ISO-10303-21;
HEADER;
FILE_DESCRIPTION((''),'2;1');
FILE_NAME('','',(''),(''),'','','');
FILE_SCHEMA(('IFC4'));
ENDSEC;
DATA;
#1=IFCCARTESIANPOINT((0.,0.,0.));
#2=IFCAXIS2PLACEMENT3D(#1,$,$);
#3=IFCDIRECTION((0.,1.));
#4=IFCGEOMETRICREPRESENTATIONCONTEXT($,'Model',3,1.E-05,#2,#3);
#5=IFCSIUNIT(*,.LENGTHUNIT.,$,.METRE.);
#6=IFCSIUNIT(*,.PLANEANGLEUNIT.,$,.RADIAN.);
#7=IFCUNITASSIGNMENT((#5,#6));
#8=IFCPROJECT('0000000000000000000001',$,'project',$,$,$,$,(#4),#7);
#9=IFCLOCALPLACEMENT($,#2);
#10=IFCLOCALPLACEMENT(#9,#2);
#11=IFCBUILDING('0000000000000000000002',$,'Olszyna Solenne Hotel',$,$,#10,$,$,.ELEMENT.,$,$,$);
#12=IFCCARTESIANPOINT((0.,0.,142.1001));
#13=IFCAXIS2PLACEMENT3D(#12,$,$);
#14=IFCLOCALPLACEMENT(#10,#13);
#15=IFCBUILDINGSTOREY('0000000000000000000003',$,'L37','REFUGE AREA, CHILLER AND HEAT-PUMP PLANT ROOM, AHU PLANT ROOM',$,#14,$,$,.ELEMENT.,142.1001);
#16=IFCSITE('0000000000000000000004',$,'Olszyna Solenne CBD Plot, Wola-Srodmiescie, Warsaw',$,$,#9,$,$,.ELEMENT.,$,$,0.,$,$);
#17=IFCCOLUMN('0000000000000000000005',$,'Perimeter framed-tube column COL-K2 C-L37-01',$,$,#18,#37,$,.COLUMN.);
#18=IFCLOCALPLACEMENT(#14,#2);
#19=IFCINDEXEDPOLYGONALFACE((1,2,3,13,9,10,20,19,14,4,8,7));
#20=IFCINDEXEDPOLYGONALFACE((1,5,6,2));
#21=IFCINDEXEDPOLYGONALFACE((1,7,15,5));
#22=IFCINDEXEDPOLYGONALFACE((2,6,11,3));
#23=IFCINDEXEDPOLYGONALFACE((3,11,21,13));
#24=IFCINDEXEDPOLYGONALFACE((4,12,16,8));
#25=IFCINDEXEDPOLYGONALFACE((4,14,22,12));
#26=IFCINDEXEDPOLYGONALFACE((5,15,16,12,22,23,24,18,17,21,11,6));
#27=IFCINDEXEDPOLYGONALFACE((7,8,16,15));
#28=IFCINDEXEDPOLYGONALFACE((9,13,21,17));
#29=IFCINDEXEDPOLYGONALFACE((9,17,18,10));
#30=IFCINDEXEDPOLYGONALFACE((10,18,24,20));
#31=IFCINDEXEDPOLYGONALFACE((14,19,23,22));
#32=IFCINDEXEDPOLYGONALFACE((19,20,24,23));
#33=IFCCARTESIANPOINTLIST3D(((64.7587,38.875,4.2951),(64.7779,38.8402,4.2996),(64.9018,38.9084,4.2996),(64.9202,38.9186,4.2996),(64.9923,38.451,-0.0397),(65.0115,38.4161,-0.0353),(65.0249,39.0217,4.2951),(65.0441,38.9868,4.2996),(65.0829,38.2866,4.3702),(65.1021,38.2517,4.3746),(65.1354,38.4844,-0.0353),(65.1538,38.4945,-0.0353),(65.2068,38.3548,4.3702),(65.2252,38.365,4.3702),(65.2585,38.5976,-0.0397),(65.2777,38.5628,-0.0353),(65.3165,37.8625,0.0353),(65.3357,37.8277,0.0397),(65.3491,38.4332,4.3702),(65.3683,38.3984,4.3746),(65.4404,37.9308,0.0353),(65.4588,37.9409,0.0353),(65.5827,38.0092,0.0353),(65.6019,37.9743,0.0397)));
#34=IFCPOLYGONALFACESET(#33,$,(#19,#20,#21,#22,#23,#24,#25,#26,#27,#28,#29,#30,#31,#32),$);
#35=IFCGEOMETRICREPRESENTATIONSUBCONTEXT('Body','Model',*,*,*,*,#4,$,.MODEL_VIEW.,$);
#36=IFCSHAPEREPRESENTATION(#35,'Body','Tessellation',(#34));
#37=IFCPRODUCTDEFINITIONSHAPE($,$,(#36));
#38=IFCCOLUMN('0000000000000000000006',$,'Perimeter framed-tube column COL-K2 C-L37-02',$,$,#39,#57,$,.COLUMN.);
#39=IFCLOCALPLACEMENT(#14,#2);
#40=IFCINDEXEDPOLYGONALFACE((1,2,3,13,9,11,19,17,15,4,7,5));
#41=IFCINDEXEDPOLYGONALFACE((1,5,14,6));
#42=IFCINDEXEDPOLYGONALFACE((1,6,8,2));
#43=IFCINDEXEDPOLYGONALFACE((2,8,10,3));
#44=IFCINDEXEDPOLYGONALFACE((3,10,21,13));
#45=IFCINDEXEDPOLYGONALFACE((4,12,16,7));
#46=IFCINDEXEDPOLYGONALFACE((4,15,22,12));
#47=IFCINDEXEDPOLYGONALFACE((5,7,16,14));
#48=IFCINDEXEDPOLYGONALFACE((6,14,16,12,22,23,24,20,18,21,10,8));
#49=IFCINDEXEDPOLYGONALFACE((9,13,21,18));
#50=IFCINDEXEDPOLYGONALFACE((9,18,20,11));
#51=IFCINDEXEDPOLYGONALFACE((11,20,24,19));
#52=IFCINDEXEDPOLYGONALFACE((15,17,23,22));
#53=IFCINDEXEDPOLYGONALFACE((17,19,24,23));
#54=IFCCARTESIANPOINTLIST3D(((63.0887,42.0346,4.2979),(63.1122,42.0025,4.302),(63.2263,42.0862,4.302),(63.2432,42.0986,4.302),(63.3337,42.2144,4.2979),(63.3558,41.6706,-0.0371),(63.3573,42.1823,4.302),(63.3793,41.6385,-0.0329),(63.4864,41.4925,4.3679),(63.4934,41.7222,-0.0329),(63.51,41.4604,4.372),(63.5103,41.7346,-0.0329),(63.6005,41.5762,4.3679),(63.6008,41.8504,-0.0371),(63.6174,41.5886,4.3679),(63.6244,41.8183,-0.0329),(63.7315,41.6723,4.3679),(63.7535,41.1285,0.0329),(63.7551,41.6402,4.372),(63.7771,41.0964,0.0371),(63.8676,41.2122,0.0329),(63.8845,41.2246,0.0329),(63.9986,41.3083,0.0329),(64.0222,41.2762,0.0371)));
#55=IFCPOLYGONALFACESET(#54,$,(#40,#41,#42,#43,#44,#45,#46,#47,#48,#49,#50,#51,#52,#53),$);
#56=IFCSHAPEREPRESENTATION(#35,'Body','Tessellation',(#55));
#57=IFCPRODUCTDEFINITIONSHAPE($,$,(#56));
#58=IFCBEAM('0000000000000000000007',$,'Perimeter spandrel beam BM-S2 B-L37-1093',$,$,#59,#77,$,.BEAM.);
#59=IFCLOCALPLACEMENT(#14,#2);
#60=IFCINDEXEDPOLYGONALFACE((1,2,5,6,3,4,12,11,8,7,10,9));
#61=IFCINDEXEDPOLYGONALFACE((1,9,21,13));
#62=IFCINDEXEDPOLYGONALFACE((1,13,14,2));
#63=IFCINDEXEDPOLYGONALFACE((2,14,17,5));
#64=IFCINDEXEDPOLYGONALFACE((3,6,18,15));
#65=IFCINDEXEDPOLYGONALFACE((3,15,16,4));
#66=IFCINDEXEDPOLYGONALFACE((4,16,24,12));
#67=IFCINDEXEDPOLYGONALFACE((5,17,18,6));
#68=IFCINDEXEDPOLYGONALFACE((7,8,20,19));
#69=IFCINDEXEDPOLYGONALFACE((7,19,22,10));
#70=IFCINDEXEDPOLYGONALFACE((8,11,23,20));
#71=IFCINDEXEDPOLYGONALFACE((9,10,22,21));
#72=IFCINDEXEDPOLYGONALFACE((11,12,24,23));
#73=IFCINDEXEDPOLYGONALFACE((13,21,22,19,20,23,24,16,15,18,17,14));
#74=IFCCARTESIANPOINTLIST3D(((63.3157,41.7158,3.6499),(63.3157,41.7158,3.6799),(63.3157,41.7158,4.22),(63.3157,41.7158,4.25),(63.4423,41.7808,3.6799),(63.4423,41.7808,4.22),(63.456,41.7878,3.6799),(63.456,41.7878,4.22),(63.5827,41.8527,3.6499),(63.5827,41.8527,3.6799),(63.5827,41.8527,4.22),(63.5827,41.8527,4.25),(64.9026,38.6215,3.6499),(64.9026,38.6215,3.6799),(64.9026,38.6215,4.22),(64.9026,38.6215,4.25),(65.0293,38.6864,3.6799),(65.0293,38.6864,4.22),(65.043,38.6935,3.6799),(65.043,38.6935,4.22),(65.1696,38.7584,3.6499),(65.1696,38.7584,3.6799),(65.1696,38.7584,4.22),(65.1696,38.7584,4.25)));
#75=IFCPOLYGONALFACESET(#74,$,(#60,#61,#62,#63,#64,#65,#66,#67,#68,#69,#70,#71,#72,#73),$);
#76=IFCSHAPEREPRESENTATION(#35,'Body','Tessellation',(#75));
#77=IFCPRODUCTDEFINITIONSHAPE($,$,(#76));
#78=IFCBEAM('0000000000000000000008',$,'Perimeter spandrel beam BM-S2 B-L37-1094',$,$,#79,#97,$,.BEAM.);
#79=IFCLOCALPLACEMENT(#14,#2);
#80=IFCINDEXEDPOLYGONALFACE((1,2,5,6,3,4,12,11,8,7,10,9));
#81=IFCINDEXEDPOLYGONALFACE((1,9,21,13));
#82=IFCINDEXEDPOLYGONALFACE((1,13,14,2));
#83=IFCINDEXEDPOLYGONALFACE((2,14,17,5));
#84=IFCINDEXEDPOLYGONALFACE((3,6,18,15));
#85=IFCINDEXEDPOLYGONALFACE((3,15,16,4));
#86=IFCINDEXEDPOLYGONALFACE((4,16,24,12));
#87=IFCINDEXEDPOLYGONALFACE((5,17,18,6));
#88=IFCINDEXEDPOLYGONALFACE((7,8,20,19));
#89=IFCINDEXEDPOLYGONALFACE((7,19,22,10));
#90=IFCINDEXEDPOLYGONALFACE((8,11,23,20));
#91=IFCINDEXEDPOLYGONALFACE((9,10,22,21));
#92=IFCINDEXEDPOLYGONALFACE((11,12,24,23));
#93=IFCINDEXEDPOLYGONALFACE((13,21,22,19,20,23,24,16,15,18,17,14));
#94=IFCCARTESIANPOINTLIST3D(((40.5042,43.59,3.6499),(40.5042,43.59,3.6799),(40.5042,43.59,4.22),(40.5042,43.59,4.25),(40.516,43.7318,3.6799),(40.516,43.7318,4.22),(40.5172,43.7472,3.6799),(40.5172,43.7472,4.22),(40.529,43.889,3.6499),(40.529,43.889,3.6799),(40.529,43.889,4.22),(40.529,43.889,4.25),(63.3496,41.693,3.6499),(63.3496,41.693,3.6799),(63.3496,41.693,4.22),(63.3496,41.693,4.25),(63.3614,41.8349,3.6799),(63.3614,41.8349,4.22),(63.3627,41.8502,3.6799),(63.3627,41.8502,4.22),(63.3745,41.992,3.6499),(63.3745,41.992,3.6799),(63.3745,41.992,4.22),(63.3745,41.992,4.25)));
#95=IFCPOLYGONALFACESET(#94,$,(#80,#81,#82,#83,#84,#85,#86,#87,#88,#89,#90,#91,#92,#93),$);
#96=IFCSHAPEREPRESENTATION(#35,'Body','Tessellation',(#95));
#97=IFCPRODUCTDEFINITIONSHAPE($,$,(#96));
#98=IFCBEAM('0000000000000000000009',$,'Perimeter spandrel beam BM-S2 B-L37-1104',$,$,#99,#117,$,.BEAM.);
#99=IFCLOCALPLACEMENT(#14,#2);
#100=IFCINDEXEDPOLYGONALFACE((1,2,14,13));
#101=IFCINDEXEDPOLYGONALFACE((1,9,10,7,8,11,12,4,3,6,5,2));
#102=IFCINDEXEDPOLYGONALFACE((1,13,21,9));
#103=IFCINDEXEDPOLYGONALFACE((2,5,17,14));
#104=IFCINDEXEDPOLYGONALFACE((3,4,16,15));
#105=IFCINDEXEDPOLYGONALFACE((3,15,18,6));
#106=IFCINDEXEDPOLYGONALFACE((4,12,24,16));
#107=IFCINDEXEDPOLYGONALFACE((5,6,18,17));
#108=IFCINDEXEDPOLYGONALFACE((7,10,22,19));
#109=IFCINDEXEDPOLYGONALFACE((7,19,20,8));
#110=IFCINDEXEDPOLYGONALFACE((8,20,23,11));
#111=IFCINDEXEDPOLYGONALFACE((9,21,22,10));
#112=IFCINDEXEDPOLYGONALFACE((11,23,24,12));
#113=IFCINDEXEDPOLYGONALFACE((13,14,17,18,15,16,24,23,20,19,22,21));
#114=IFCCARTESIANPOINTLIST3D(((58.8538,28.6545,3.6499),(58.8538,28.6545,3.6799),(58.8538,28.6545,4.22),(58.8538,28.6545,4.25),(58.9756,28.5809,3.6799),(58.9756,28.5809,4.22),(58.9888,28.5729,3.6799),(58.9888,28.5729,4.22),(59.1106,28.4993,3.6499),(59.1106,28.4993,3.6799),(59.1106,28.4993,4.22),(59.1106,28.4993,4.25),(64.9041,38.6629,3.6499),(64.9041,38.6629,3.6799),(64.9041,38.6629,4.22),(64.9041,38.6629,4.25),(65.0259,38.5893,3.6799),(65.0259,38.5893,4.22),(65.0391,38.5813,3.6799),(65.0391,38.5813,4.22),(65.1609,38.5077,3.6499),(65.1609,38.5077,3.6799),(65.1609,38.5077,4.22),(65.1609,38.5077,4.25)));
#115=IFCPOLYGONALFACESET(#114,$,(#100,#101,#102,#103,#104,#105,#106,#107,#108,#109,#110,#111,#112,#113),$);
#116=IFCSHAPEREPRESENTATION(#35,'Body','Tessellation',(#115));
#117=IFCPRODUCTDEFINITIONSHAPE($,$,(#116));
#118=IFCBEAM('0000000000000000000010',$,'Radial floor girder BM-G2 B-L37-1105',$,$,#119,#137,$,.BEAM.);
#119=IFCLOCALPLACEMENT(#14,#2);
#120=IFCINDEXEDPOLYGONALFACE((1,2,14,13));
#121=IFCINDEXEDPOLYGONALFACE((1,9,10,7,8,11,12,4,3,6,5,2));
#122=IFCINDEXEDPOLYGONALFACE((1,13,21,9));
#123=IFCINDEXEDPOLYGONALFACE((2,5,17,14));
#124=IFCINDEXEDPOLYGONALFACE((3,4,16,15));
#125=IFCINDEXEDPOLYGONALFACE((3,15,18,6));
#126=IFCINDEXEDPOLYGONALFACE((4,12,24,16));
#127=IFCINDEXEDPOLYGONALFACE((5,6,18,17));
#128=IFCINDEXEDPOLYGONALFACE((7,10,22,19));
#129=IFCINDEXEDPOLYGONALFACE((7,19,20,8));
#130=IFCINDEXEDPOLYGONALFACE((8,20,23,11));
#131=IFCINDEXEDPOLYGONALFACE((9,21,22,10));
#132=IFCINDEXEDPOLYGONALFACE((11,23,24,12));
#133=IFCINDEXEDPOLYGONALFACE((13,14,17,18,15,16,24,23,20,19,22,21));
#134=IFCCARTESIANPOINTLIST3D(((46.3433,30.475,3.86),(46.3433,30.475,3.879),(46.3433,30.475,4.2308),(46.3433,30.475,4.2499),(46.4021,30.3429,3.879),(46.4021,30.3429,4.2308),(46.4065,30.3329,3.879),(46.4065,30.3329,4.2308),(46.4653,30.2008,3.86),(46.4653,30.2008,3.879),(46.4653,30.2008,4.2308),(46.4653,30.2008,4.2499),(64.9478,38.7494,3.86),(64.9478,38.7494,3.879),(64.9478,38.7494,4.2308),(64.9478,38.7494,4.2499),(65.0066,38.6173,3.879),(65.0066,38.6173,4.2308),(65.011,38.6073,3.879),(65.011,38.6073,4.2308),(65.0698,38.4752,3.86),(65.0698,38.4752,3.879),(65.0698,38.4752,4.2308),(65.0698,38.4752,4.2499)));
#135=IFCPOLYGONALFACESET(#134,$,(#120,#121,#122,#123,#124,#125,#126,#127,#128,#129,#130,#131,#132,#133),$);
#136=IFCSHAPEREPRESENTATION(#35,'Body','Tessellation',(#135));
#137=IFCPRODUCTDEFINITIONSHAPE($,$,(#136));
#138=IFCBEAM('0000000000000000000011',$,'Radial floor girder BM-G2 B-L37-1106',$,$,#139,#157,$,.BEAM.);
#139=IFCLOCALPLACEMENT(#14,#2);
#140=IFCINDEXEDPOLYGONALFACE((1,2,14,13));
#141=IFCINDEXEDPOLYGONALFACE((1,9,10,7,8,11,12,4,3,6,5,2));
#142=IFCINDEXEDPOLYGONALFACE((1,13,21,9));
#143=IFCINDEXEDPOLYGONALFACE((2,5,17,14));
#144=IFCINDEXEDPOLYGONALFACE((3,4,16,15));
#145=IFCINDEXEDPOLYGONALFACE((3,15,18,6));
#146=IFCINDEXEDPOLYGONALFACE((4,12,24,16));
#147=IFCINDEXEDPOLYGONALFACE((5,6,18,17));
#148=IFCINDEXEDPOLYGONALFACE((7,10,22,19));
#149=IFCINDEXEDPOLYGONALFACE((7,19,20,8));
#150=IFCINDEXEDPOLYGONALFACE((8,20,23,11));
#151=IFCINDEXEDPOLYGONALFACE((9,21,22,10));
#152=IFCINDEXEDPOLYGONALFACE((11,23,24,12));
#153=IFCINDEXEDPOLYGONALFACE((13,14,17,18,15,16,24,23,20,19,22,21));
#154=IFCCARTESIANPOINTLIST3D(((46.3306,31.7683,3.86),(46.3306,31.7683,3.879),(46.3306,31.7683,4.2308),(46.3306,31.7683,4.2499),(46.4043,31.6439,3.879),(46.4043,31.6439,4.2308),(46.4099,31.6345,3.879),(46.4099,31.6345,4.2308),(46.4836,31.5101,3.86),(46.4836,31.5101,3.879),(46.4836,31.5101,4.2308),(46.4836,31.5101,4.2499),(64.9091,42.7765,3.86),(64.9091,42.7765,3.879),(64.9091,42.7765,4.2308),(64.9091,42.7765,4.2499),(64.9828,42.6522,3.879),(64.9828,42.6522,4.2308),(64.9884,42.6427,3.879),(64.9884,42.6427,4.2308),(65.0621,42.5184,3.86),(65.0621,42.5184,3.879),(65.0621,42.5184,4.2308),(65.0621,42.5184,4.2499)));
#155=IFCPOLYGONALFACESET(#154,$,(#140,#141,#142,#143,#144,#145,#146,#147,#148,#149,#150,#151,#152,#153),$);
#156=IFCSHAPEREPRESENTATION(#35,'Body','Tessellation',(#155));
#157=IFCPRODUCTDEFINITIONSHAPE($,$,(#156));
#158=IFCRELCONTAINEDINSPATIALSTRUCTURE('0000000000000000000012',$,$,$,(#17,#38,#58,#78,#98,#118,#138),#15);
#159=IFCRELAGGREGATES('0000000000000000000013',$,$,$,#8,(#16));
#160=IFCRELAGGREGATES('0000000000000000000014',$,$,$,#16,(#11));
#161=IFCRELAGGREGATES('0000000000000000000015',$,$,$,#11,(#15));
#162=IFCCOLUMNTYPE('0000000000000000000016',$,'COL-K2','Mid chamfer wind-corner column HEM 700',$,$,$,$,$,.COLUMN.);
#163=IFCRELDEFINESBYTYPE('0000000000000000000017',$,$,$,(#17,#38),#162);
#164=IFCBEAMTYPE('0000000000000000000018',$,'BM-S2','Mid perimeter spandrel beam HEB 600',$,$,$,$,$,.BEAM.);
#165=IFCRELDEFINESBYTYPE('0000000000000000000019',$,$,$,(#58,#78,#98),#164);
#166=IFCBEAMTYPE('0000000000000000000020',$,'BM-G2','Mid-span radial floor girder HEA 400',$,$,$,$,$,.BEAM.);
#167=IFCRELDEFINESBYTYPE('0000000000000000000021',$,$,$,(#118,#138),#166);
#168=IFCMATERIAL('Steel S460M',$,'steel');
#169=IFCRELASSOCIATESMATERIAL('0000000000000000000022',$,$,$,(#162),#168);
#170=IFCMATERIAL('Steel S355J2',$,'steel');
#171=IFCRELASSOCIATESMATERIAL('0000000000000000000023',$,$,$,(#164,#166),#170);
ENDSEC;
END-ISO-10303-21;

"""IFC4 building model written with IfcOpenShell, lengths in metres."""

from ifc_helpers import new_model, si_unit, direction, frame, origin, origin_2d, place, context, subcontext, project, spatial, i_section, extrude, source, transform, mapped, material, material_profile, profile_set, type_object, element, save


model = new_model("IFC4")

# Units and contexts
model_context = context("Model", 3, precision=1e-05, world=origin(), true_north=direction((0.0, 1.0)))
body_context = subcontext(model_context, "Body", "Model", "MODEL_VIEW")
ifc_project = project(units=[si_unit("LENGTHUNIT", "METRE"), si_unit("PLANEANGLEUNIT", "RADIAN")], contexts=[model_context])

# Site, building, storey
site_placement = place(None, origin())
site = spatial("IfcSite", under=ifc_project, at=site_placement, Name="Olszyna Solenne CBD Plot, Wola-Srodmiescie, Warsaw", CompositionType="ELEMENT", RefElevation=0.0)
building_placement = place(site_placement, origin())
building = spatial("IfcBuilding", under=site, at=building_placement, Name="Olszyna Solenne Hotel", CompositionType="ELEMENT")
storey_placement = place(building_placement, frame((0.0, 0.0, 142.1001)))
storey = spatial("IfcBuildingStorey", under=building, at=storey_placement, Name="L37", Description="REFUGE AREA, CHILLER AND HEAT-PUMP PLANT ROOM, AHU PLANT ROOM", CompositionType="ELEMENT", Elevation=142.1001)

# Columns
ifc_material_1 = material(Name="Steel S460M", Category="steel")
ifc_material_profile_1 = material_profile(ifc_material_1, i_section(OverallWidth=0.304, OverallDepth=0.7161, WebThickness=0.021, FlangeThickness=0.04, at=origin_2d()), Name="HEM 700", Category="load-bearing")
ifc_profile_set_1 = profile_set([ifc_material_profile_1], Name="Steel S460M")
column_type = type_object("IfcColumnType", Name="COL-K2", Description="Mid chamfer wind-corner column HEM 700", PredefinedType="COLUMN", material=ifc_profile_set_1)
shared_shape_1 = source(origin(), body_context, "Body", "SweptSolid", [
    extrude(i_section(OverallWidth=0.304, OverallDepth=0.7161, WebThickness=0.021, FlangeThickness=0.04, at=origin_2d()), origin(), (0.0, 0.0, 1.0), 4.3618),
])
column_1_placement = place(storey_placement, frame((65.2971, 38.2126, 0.0), z_axis=(-0.053564, 0.097222, 0.99382), x_axis=(-0.875864, -0.482557, 0.0)))
element("IfcColumn", 1, at=column_1_placement, inside=storey, type_object=column_type, Name="Perimeter framed-tube column COL-K2 C-L37-01", PredefinedType="COLUMN", context=body_context, shape_type="MappedRepresentation", body=[
    mapped(shared_shape_1, transform((0.0, 0.0, 0.0), x_axis=(1.0, 0.0, 0.0), y_axis=(0.0, 1.0, 0.0), z_axis=(0.0, 0.0, 1.0), scale=1.0)),
])
shared_shape_2 = source(origin(), body_context, "Body", "SweptSolid", [
    extrude(i_section(OverallWidth=0.304, OverallDepth=0.7161, WebThickness=0.021, FlangeThickness=0.04, at=origin_2d()), origin(), (0.0, 0.0, 1.0), 4.3584),
])
column_2_placement = place(storey_placement, frame((63.689, 41.4734, 0.0), z_axis=(-0.061282, 0.08352, 0.99462), x_axis=(-0.80625, -0.591575, 0.0)))
element("IfcColumn", 2, at=column_2_placement, inside=storey, type_object=column_type, Name="Perimeter framed-tube column COL-K2 C-L37-02", PredefinedType="COLUMN", context=body_context, shape_type="MappedRepresentation", body=[
    mapped(shared_shape_2, transform((0.0, 0.0, 0.0), x_axis=(1.0, 0.0, 0.0), y_axis=(0.0, 1.0, 0.0), z_axis=(0.0, 0.0, 1.0), scale=1.0)),
])

# Beams
ifc_material_2 = material(Name="Steel S355J2", Category="steel")
ifc_material_profile_2 = material_profile(ifc_material_2, i_section(OverallWidth=0.3, OverallDepth=0.6001, WebThickness=0.0154, FlangeThickness=0.03, at=origin_2d()), Name="HEB 600", Category="load-bearing")
ifc_profile_set_2 = profile_set([ifc_material_profile_2], Name="Steel S355J2")
beam_type_1 = type_object("IfcBeamType", Name="BM-S2", Description="Mid perimeter spandrel beam HEB 600", PredefinedType="BEAM", material=ifc_profile_set_2)
shared_shape_3 = source(origin(), body_context, "Body", "SweptSolid", [
    extrude(i_section(OverallWidth=0.3, OverallDepth=0.6001, WebThickness=0.0154, FlangeThickness=0.03, at=origin_2d()), origin(), (0.0, 0.0, 1.0), 3.4775),
])
beam_1_placement = place(storey_placement, frame((65.0361, 38.6899, 3.95), z_axis=(-0.456345, 0.889803, 0.0), x_axis=(-0.889803, -0.456345, 0.0)))
element("IfcBeam", 3, at=beam_1_placement, inside=storey, type_object=beam_type_1, Name="Perimeter spandrel beam BM-S2 B-L37-1093", PredefinedType="BEAM", context=body_context, shape_type="MappedRepresentation", body=[
    mapped(shared_shape_3, transform((0.0, 0.0, 0.0), x_axis=(1.0, 0.0, 0.0), y_axis=(0.0, 1.0, 0.0), z_axis=(0.0, 0.0, 1.0), scale=1.0)),
])
shared_shape_4 = source(origin(), body_context, "Body", "SweptSolid", [
    extrude(i_section(OverallWidth=0.3, OverallDepth=0.6001, WebThickness=0.0154, FlangeThickness=0.03, at=origin_2d()), origin(), (0.0, 0.0, 1.0), 22.9241),
])
beam_2_placement = place(storey_placement, frame((63.3621, 41.8425, 3.95), z_axis=(-0.99657, 0.08275, 0.0), x_axis=(-0.08275, -0.99657, 0.0)))
element("IfcBeam", 4, at=beam_2_placement, inside=storey, type_object=beam_type_1, Name="Perimeter spandrel beam BM-S2 B-L37-1094", PredefinedType="BEAM", context=body_context, shape_type="MappedRepresentation", body=[
    mapped(shared_shape_4, transform((0.0, 0.0, 0.0), x_axis=(1.0, 0.0, 0.0), y_axis=(0.0, 1.0, 0.0), z_axis=(0.0, 0.0, 1.0), scale=1.0)),
])
shared_shape_5 = source(origin(), body_context, "Body", "SweptSolid", [
    extrude(i_section(OverallWidth=0.3, OverallDepth=0.6001, WebThickness=0.0154, FlangeThickness=0.03, at=origin_2d()), origin(), (0.0, 0.0, 1.0), 11.6951),
])
beam_3_placement = place(storey_placement, frame((58.9822, 28.5769, 3.95), z_axis=(0.517342, 0.855779, 0.0), x_axis=(-0.855779, 0.517342, 0.0)))
element("IfcBeam", 5, at=beam_3_placement, inside=storey, type_object=beam_type_1, Name="Perimeter spandrel beam BM-S2 B-L37-1104", PredefinedType="BEAM", context=body_context, shape_type="MappedRepresentation", body=[
    mapped(shared_shape_5, transform((0.0, 0.0, 0.0), x_axis=(1.0, 0.0, 0.0), y_axis=(0.0, 1.0, 0.0), z_axis=(0.0, 0.0, 1.0), scale=1.0)),
])
ifc_material_profile_3 = material_profile(ifc_material_2, i_section(OverallWidth=0.3, OverallDepth=0.3899, WebThickness=0.011, FlangeThickness=0.019, at=origin_2d()), Name="HEA 400", Category="load-bearing")
ifc_profile_set_3 = profile_set([ifc_material_profile_3], Name="Steel S355J2")
beam_type_2 = type_object("IfcBeamType", Name="BM-G2", Description="Mid-span radial floor girder HEA 400", PredefinedType="BEAM", material=ifc_profile_set_3)
shared_shape_6 = source(origin(), body_context, "Body", "SweptSolid", [
    extrude(i_section(OverallWidth=0.3, OverallDepth=0.3899, WebThickness=0.011, FlangeThickness=0.019, at=origin_2d()), origin(), (0.0, 0.0, 1.0), 20.3616),
])
beam_4_placement = place(storey_placement, frame((65.0088, 38.6123, 4.0549), z_axis=(-0.913707, -0.406374, 0.0), x_axis=(0.406374, -0.913707, 0.0)))
element("IfcBeam", 6, at=beam_4_placement, inside=storey, type_object=beam_type_2, Name="Radial floor girder BM-G2 B-L37-1105", PredefinedType="BEAM", context=body_context, shape_type="MappedRepresentation", body=[
    mapped(shared_shape_6, transform((0.0, 0.0, 0.0), x_axis=(1.0, 0.0, 0.0), y_axis=(0.0, 1.0, 0.0), z_axis=(0.0, 0.0, 1.0), scale=1.0)),
])
shared_shape_7 = source(origin(), body_context, "Body", "SweptSolid", [
    extrude(i_section(OverallWidth=0.3, OverallDepth=0.3899, WebThickness=0.011, FlangeThickness=0.019, at=origin_2d()), origin(), (0.0, 0.0, 1.0), 21.595),
])
beam_5_placement = place(storey_placement, frame((64.9856, 42.6475, 4.0549), z_axis=(-0.860317, -0.50976, 0.0), x_axis=(0.50976, -0.860317, 0.0)))
element("IfcBeam", 7, at=beam_5_placement, inside=storey, type_object=beam_type_2, Name="Radial floor girder BM-G2 B-L37-1106", PredefinedType="BEAM", context=body_context, shape_type="MappedRepresentation", body=[
    mapped(shared_shape_7, transform((0.0, 0.0, 0.0), x_axis=(1.0, 0.0, 0.0), y_axis=(0.0, 1.0, 0.0), z_axis=(0.0, 0.0, 1.0), scale=1.0)),
])

save(model, "model.ifc")
